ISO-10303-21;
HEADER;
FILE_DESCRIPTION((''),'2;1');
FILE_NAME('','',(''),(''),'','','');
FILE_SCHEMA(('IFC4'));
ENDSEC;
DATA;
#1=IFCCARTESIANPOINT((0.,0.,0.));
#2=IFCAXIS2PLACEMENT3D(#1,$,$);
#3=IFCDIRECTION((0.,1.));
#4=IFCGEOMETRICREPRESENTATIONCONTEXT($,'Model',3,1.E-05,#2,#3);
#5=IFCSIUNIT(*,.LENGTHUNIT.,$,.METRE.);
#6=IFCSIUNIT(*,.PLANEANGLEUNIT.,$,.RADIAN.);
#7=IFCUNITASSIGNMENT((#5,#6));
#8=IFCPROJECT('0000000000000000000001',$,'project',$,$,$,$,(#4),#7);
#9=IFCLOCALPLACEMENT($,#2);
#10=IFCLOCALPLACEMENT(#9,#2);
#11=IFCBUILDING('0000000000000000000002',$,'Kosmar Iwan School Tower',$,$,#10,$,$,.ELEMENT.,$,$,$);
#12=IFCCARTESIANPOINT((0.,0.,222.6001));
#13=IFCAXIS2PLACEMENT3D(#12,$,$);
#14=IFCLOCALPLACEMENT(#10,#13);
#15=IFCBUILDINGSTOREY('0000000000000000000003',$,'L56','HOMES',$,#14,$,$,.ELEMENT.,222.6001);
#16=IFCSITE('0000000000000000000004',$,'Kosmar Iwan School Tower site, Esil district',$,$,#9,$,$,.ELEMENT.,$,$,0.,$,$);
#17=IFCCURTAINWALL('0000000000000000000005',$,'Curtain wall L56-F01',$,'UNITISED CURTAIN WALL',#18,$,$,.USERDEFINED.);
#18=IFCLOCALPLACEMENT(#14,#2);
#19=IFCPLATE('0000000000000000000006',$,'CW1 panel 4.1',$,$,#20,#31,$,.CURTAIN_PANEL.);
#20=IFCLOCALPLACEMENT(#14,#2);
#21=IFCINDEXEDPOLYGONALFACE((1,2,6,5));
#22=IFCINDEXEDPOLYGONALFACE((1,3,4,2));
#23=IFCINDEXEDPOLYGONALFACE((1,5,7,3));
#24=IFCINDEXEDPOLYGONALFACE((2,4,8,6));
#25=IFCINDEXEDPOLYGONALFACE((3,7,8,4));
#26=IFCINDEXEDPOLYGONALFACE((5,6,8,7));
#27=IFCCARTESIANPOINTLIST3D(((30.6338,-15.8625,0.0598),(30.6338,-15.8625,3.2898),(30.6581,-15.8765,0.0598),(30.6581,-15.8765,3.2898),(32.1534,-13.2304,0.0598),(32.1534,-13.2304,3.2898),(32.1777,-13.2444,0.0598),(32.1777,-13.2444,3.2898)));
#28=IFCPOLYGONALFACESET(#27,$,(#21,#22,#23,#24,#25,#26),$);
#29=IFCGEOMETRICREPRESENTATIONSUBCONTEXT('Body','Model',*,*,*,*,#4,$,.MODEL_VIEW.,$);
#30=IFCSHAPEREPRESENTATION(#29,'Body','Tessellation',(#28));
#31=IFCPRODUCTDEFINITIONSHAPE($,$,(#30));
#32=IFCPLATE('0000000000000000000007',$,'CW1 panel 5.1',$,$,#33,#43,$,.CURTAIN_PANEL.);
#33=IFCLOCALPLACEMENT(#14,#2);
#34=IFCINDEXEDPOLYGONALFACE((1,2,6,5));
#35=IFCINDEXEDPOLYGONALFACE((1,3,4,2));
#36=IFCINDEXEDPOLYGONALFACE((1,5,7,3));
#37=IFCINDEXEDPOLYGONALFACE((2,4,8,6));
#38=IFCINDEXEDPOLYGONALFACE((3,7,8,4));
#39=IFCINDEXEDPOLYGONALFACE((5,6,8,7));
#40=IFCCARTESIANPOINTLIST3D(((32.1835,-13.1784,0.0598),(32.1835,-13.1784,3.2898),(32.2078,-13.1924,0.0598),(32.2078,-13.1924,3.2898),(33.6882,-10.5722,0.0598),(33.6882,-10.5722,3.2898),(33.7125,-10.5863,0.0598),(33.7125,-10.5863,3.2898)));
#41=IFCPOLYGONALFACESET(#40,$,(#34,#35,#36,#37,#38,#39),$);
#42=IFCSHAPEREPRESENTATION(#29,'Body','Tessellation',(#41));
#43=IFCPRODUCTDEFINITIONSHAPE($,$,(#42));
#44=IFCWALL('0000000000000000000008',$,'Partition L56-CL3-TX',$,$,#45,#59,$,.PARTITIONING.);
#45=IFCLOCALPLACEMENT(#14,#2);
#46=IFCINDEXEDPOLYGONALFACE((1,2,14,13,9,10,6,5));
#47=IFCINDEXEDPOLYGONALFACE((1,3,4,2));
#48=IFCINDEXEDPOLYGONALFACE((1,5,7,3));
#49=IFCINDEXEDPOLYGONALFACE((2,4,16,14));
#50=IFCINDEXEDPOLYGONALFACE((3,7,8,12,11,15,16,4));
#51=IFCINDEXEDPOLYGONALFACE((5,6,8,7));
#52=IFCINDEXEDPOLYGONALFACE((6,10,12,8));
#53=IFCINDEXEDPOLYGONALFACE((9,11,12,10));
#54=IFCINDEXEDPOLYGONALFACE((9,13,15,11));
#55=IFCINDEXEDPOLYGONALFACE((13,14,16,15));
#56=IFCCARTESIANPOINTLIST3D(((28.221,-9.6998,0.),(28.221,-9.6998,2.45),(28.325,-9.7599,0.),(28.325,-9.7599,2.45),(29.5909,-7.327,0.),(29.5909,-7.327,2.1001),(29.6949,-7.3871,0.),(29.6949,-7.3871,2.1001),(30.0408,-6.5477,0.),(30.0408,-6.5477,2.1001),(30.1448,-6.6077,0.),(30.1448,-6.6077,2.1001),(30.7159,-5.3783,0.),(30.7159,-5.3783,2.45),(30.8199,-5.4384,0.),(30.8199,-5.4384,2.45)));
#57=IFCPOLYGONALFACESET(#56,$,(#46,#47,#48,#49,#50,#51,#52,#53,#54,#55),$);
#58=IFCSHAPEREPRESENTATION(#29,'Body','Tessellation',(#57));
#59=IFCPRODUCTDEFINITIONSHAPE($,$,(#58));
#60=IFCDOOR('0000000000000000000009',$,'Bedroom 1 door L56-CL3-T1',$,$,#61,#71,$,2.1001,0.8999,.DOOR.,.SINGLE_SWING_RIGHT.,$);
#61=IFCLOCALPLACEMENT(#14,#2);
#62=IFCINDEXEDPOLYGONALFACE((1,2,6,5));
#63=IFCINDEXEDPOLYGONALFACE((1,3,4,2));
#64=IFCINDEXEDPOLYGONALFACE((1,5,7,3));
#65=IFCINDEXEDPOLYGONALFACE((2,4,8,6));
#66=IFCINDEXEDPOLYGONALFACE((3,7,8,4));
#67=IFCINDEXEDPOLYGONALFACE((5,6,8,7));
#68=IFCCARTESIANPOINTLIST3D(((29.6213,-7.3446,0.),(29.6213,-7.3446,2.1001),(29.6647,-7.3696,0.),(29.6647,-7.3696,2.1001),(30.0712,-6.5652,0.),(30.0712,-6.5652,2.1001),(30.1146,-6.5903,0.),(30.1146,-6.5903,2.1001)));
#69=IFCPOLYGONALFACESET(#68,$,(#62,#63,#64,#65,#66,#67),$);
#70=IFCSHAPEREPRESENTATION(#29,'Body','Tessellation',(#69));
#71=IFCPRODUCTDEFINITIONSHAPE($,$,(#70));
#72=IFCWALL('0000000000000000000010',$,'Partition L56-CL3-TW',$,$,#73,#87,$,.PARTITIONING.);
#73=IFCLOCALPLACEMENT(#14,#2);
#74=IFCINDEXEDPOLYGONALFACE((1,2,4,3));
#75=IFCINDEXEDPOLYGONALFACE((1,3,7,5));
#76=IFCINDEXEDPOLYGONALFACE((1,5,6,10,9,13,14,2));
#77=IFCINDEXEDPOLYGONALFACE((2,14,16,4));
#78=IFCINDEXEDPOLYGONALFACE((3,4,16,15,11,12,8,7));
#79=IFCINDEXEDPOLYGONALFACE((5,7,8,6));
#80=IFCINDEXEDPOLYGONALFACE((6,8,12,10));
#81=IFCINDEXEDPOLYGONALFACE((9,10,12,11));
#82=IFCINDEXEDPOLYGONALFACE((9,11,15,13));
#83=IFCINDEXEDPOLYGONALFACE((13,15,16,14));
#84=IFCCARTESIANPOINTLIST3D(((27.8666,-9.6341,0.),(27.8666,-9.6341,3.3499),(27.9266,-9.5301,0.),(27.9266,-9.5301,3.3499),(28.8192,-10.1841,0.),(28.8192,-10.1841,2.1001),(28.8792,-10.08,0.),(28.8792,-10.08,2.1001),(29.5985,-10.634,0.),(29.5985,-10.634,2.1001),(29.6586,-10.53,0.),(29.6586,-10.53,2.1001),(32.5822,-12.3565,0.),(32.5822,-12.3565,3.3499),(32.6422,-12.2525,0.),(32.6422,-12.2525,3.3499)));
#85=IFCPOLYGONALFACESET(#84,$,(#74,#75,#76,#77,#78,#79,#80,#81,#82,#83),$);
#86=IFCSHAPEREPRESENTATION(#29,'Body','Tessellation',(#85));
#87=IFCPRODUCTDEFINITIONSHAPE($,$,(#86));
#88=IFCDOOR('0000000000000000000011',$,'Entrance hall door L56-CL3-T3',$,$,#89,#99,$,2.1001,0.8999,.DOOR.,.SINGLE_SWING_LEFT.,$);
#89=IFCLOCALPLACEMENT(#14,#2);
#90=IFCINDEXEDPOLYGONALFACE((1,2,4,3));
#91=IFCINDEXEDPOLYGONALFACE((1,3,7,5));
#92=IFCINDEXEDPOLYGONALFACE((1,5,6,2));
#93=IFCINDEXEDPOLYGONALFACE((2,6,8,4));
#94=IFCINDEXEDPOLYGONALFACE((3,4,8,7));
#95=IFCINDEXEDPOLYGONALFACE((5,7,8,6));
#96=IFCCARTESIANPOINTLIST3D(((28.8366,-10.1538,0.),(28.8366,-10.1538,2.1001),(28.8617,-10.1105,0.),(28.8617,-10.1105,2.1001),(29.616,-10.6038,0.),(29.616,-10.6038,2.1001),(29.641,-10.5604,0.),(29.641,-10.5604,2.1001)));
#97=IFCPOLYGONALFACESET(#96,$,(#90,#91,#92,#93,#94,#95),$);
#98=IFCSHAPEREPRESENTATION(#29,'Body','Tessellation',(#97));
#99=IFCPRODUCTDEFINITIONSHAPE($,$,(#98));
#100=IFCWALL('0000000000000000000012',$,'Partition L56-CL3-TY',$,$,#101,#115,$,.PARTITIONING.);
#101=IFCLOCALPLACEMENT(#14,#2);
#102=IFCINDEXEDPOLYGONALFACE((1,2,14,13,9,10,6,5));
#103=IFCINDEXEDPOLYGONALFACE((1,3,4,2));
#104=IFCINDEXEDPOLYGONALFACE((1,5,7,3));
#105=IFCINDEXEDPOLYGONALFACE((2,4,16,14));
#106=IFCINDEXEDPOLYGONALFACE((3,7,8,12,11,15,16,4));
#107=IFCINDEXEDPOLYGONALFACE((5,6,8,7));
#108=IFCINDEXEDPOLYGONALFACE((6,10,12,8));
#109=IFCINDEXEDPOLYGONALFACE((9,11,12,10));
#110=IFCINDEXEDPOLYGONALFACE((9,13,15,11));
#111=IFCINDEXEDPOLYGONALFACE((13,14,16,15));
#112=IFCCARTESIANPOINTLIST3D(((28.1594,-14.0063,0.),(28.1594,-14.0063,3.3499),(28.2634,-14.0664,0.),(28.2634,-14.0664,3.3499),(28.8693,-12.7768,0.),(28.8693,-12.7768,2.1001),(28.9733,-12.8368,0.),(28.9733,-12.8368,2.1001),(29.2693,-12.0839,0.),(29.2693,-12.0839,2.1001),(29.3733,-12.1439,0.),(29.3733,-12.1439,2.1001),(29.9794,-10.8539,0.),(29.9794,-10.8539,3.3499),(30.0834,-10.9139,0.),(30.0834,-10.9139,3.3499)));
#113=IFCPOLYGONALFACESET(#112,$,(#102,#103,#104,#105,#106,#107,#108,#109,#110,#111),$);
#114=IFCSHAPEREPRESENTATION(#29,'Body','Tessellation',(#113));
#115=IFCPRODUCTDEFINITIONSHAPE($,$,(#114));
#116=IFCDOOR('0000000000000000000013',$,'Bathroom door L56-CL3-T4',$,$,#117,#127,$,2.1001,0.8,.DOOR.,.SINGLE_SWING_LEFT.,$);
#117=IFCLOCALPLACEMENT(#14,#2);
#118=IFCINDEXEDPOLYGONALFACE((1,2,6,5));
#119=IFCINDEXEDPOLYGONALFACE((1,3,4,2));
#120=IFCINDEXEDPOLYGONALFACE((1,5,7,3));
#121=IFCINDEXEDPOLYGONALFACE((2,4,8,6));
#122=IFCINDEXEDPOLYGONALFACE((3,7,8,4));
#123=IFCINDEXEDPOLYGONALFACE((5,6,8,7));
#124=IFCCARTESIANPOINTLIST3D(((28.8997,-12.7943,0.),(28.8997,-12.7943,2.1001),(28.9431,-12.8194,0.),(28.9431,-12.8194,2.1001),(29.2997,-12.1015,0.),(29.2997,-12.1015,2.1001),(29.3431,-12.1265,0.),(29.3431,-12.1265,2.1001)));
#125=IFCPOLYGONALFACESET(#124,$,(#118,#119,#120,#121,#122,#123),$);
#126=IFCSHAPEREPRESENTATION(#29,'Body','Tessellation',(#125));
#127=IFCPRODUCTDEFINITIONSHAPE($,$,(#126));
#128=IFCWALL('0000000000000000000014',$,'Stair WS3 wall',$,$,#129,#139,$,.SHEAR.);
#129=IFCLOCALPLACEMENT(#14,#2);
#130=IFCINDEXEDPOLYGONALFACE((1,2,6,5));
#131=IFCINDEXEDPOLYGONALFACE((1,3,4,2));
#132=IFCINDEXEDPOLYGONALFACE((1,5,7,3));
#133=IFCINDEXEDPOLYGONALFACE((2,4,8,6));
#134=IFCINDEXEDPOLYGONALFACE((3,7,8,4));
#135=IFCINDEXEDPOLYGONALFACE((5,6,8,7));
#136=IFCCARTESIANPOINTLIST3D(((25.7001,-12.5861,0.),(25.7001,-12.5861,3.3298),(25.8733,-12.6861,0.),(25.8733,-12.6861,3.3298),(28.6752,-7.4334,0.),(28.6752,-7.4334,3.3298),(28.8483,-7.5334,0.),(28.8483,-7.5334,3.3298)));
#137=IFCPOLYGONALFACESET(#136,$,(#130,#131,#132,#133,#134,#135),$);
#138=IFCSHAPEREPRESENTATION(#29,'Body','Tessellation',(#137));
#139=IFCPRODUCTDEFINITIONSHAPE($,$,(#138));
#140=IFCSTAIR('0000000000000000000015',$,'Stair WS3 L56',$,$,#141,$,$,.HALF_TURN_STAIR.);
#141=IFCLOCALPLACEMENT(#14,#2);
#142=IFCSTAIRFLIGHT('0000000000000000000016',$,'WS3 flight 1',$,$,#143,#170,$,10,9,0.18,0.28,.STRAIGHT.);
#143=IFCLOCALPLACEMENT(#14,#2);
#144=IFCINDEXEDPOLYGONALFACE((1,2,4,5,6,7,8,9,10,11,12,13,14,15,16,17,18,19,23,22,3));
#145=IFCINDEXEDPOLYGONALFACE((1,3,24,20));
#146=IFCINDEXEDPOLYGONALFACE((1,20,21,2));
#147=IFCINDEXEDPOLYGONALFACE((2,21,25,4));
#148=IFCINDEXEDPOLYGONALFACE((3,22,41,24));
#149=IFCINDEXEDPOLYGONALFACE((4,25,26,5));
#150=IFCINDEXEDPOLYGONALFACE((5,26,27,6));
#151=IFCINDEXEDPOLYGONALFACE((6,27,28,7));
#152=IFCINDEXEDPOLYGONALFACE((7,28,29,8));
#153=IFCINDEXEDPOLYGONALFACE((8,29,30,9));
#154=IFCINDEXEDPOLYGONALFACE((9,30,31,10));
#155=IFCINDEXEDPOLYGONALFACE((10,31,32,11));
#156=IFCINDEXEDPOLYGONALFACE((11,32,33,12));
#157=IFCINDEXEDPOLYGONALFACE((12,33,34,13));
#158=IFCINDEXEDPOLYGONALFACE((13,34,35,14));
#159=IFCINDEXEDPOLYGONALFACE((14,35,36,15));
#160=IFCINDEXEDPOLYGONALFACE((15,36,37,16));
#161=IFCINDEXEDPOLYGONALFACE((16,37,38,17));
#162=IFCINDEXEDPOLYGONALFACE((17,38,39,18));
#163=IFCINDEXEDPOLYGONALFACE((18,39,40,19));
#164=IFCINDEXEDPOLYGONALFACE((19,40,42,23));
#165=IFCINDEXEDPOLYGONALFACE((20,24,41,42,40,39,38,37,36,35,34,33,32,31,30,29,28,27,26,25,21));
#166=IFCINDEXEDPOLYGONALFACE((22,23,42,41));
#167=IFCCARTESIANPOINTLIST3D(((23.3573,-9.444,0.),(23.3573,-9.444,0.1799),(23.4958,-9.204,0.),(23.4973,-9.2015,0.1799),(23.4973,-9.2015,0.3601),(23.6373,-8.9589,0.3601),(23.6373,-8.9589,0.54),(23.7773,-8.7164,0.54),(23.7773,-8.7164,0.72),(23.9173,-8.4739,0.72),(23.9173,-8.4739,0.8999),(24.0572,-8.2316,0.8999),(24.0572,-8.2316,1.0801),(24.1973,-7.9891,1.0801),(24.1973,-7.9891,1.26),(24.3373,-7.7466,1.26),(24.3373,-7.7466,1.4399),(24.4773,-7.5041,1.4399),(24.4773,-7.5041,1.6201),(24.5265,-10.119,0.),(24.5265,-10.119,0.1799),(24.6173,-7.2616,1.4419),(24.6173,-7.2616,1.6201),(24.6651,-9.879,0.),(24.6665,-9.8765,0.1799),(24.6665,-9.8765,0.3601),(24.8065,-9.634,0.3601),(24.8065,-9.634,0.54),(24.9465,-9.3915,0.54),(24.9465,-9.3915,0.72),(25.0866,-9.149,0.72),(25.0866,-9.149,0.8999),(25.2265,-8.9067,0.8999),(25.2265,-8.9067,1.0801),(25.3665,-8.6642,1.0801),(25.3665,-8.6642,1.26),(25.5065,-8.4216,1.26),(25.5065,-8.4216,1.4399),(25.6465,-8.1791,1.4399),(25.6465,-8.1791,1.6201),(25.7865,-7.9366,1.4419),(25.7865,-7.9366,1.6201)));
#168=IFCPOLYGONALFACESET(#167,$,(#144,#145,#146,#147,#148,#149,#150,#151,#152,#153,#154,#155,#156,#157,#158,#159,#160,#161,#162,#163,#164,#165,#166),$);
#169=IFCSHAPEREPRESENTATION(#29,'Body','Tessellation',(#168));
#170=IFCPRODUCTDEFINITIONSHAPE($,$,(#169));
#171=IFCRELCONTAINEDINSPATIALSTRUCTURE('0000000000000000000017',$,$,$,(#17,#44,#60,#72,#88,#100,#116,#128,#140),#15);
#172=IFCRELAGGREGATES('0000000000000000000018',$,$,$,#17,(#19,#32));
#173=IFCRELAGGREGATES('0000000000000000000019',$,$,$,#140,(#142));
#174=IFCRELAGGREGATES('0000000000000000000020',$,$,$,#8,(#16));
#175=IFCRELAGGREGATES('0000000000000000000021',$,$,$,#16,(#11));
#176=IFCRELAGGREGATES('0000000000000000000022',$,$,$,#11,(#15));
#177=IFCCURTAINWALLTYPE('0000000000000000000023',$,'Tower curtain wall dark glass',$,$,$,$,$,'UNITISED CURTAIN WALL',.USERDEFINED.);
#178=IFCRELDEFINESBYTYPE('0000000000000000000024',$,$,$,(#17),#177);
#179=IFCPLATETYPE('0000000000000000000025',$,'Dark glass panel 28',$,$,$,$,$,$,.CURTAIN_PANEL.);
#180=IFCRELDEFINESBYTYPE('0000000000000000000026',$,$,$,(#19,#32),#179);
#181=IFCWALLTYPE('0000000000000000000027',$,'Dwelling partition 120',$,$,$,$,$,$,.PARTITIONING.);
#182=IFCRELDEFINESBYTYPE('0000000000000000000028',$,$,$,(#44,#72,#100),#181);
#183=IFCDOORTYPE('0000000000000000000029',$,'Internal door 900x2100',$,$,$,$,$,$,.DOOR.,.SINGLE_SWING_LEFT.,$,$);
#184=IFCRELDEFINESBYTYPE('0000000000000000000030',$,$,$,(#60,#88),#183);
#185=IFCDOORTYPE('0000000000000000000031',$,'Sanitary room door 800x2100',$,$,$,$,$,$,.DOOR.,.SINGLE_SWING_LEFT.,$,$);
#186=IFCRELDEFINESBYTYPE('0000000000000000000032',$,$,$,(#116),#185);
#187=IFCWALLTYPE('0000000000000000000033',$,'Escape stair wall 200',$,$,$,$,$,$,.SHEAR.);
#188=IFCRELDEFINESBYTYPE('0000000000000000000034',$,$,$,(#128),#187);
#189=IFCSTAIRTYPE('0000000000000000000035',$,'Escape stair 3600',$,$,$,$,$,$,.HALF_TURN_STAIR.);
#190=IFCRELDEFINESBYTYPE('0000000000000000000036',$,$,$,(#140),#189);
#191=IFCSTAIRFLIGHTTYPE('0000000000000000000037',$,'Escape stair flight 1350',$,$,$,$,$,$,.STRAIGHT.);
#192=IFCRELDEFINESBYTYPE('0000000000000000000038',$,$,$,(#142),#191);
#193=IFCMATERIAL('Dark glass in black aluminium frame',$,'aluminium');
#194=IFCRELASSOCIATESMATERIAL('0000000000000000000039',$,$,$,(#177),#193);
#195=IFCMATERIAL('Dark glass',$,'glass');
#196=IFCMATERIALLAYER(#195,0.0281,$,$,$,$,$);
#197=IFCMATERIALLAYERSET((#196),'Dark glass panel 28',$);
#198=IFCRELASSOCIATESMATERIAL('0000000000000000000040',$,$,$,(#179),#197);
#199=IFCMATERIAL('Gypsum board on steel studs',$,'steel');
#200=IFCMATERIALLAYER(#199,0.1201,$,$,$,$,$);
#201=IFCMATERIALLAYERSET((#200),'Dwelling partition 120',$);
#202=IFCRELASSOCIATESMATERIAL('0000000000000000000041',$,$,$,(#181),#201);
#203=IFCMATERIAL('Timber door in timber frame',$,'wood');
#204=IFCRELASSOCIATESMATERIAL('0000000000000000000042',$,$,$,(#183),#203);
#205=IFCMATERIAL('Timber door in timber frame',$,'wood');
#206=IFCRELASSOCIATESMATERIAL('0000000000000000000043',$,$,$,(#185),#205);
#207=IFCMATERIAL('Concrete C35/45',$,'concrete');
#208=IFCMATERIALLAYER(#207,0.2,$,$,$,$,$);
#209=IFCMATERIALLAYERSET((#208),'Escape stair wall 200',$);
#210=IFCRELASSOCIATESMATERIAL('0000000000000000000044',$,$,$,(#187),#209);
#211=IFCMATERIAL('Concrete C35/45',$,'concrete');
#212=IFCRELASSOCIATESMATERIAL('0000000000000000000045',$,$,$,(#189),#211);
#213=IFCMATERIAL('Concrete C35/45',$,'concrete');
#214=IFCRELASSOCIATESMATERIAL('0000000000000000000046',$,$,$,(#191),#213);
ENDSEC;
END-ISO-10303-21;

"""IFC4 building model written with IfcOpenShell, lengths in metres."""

from ifc_helpers import new_model, si_unit, direction, frame, frame_2d, origin, origin_2d, place, context, subcontext, project, spatial, polyline, rectangle, outline, extrude, material, layer, layer_set, type_object, element, fill, aggregate, save


model = new_model("IFC4")

# Units and contexts
model_context = context("Model", 3, precision=1e-05, world=origin(), true_north=direction((0.0, 1.0)))
body_context = subcontext(model_context, "Body", "Model", "MODEL_VIEW")
ifc_project = project(units=[si_unit("LENGTHUNIT", "METRE"), si_unit("PLANEANGLEUNIT", "RADIAN")], contexts=[model_context])

# Site, building, storey
site_placement = place(None, origin())
site = spatial("IfcSite", under=ifc_project, at=site_placement, Name="Kosmar Iwan School Tower site, Esil district", CompositionType="ELEMENT", RefElevation=0.0)
building_placement = place(site_placement, origin())
building = spatial("IfcBuilding", under=site, at=building_placement, Name="Kosmar Iwan School Tower", CompositionType="ELEMENT")
storey_placement = place(building_placement, frame((0.0, 0.0, 222.6001)))
storey = spatial("IfcBuildingStorey", under=building, at=storey_placement, Name="L56", Description="HOMES", CompositionType="ELEMENT", Elevation=222.6001)

# Curtain wall
ifc_material_1 = material(Name="Dark glass in black aluminium frame", Category="aluminium")
curtain_wall_type_1 = type_object("IfcCurtainWallType", Name="Tower curtain wall dark glass", ElementType="UNITISED CURTAIN WALL", PredefinedType="USERDEFINED", material=ifc_material_1)
curtain_wall_1_placement = place(storey_placement, origin())
curtain_wall_1 = element("IfcCurtainWall", 1, at=curtain_wall_1_placement, inside=storey, type_object=curtain_wall_type_1, Name="Curtain wall L56-F01", ObjectType="UNITISED CURTAIN WALL", PredefinedType="USERDEFINED")

# Plates
ifc_material_2 = material(Name="Dark glass", Category="glass")
ifc_layer_1 = layer(ifc_material_2, 0.0281)
ifc_layer_set_1 = layer_set([ifc_layer_1], Name="Dark glass panel 28")
plate_type = type_object("IfcPlateType", Name="Dark glass panel 28", PredefinedType="CURTAIN_PANEL", material=ifc_layer_set_1)
plate_1_placement = place(storey_placement, frame((31.4058, -14.5535, 0.0598), z_axis=(0.0, 0.0, 1.0), x_axis=(0.5, 0.866025, 0.0)))
plate_1 = element("IfcPlate", 2, at=plate_1_placement, type_object=plate_type, Name="CW1 panel 4.1", PredefinedType="CURTAIN_PANEL", context=body_context, shape_type="SweptSolid", body=[
    extrude(rectangle(XDim=3.0393, YDim=0.0281, at=origin_2d()), origin(), (0.0, 0.0, 1.0), 3.23),
])
plate_2_placement = place(storey_placement, frame((32.948, -11.8823, 0.0598), z_axis=(0.0, 0.0, 1.0), x_axis=(0.5, 0.866025, 0.0)))
plate_2 = element("IfcPlate", 3, at=plate_2_placement, type_object=plate_type, Name="CW1 panel 5.1", PredefinedType="CURTAIN_PANEL", context=body_context, shape_type="SweptSolid", body=[
    extrude(rectangle(XDim=3.0093, YDim=0.0281, at=origin_2d()), origin(), (0.0, 0.0, 1.0), 3.23),
])
aggregate(curtain_wall_1, [plate_1, plate_2])

# Walls, openings, doors
ifc_material_3 = material(Name="Gypsum board on steel studs", Category="steel")
ifc_layer_2 = layer(ifc_material_3, 0.1201)
ifc_layer_set_2 = layer_set([ifc_layer_2], Name="Dwelling partition 120")
wall_type_1 = type_object("IfcWallType", Name="Dwelling partition 120", PredefinedType="PARTITIONING", material=ifc_layer_set_2)
wall_1_placement = place(storey_placement, frame((28.2729, -9.73, 0.0), z_axis=(0.0, 0.0, 1.0), x_axis=(0.499975, 0.86604, 0.0)))
wall_1 = element("IfcWall", 4, at=wall_1_placement, inside=storey, type_object=wall_type_1, Name="Partition L56-CL3-TX", PredefinedType="PARTITIONING", context=body_context, shape_type="SweptSolid", body=[
    extrude(rectangle(XDim=4.99, YDim=0.1201, at=frame_2d((2.4951, 0.0))), origin(), (0.0, 0.0, 1.0), 2.45),
])
opening_1_placement = place(wall_1_placement, frame((2.74, 0.0, 0.0)))
opening_1 = element("IfcOpeningElement", 5, at=opening_1_placement, cuts=wall_1, PredefinedType="OPENING", context=body_context, shape_type="SweptSolid", body=[
    extrude(rectangle(XDim=0.8999, YDim=2.1001, at=frame_2d((0.45, 1.05))), frame((0.0, 0.072, 0.0), z_axis=(0.0, -1.0, 0.0), x_axis=(1.0, 0.0, 0.0)), (0.0, 0.0, 1.0), 0.144),
])
ifc_material_4 = material(Name="Timber door in timber frame", Category="wood")
door_type_1 = type_object("IfcDoorType", Name="Internal door 900x2100", OperationType="SINGLE_SWING_LEFT", PredefinedType="DOOR", material=ifc_material_4)
door_1_placement = place(opening_1_placement, origin())
door_1 = element("IfcDoor", 6, at=door_1_placement, inside=storey, type_object=door_type_1, Name="Bedroom 1 door L56-CL3-T1", OperationType="SINGLE_SWING_RIGHT", OverallHeight=2.1001, OverallWidth=0.8999, PredefinedType="DOOR", context=body_context, shape_type="SweptSolid", body=[
    extrude(rectangle(XDim=0.8999, YDim=2.1001, at=frame_2d((0.45, 1.05))), frame((0.0, 0.0249, 0.0), z_axis=(0.0, -1.0, 0.0), x_axis=(1.0, 0.0, 0.0)), (0.0, 0.0, 1.0), 0.05),
])
fill(opening_1, door_1)
wall_2_placement = place(storey_placement, frame((27.8965, -9.582, 0.0), z_axis=(0.0, 0.0, 1.0), x_axis=(0.866036, -0.499982, 0.0)))
wall_2 = element("IfcWall", 7, at=wall_2_placement, inside=storey, type_object=wall_type_1, Name="Partition L56-CL3-TW", PredefinedType="PARTITIONING", context=body_context, shape_type="SweptSolid", body=[
    extrude(rectangle(XDim=5.4451, YDim=0.1201, at=frame_2d((2.7227, 0.0))), origin(), (0.0, 0.0, 1.0), 3.3499),
])
opening_2_placement = place(wall_2_placement, frame((1.1001, 0.0, 0.0)))
opening_2 = element("IfcOpeningElement", 8, at=opening_2_placement, cuts=wall_2, PredefinedType="OPENING", context=body_context, shape_type="SweptSolid", body=[
    extrude(rectangle(XDim=0.8999, YDim=2.1001, at=frame_2d((0.45, 1.05))), frame((0.0, 0.072, 0.0), z_axis=(0.0, -1.0, 0.0), x_axis=(1.0, 0.0, 0.0)), (0.0, 0.0, 1.0), 0.144),
])
door_2_placement = place(opening_2_placement, origin())
door_2 = element("IfcDoor", 9, at=door_2_placement, inside=storey, type_object=door_type_1, Name="Entrance hall door L56-CL3-T3", OperationType="SINGLE_SWING_LEFT", OverallHeight=2.1001, OverallWidth=0.8999, PredefinedType="DOOR", context=body_context, shape_type="SweptSolid", body=[
    extrude(rectangle(XDim=0.8999, YDim=2.1001, at=frame_2d((0.45, 1.05))), frame((0.0, 0.0249, 0.0), z_axis=(0.0, -1.0, 0.0), x_axis=(1.0, 0.0, 0.0)), (0.0, 0.0, 1.0), 0.05),
])
fill(opening_2, door_2)
wall_3_placement = place(storey_placement, frame((28.2114, -14.0364, 0.0), z_axis=(0.0, 0.0, 1.0), x_axis=(0.499984, 0.866035, 0.0)))
wall_3 = element("IfcWall", 10, at=wall_3_placement, inside=storey, type_object=wall_type_1, Name="Partition L56-CL3-TY", PredefinedType="PARTITIONING", context=body_context, shape_type="SweptSolid", body=[
    extrude(rectangle(XDim=3.6401, YDim=0.1201, at=frame_2d((1.8201, 0.0))), origin(), (0.0, 0.0, 1.0), 3.3499),
])
opening_3_placement = place(wall_3_placement, frame((1.4199, 0.0, 0.0)))
opening_3 = element("IfcOpeningElement", 11, at=opening_3_placement, cuts=wall_3, PredefinedType="OPENING", context=body_context, shape_type="SweptSolid", body=[
    extrude(rectangle(XDim=0.8, YDim=2.1001, at=frame_2d((0.3999, 1.05))), frame((0.0, 0.072, 0.0), z_axis=(0.0, -1.0, 0.0), x_axis=(1.0, 0.0, 0.0)), (0.0, 0.0, 1.0), 0.144),
])
ifc_material_5 = material(Name="Timber door in timber frame", Category="wood")
door_type_2 = type_object("IfcDoorType", Name="Sanitary room door 800x2100", OperationType="SINGLE_SWING_LEFT", PredefinedType="DOOR", material=ifc_material_5)
door_3_placement = place(opening_3_placement, origin())
door_3 = element("IfcDoor", 12, at=door_3_placement, inside=storey, type_object=door_type_2, Name="Bathroom door L56-CL3-T4", OperationType="SINGLE_SWING_LEFT", OverallHeight=2.1001, OverallWidth=0.8, PredefinedType="DOOR", context=body_context, shape_type="SweptSolid", body=[
    extrude(rectangle(XDim=0.8, YDim=2.1001, at=frame_2d((0.3999, 1.05))), frame((0.0, 0.0249, 0.0), z_axis=(0.0, -1.0, 0.0), x_axis=(1.0, 0.0, 0.0)), (0.0, 0.0, 1.0), 0.05),
])
fill(opening_3, door_3)

# Wall
ifc_material_6 = material(Name="Concrete C35/45", Category="concrete")
ifc_layer_3 = layer(ifc_material_6, 0.2)
ifc_layer_set_3 = layer_set([ifc_layer_3], Name="Escape stair wall 200")
wall_type_2 = type_object("IfcWallType", Name="Escape stair wall 200", PredefinedType="SHEAR", material=ifc_layer_set_3)
wall_4_placement = place(storey_placement, frame((25.7866, -12.6362, 0.0), z_axis=(0.0, 0.0, 1.0), x_axis=(0.500014, 0.866017, 0.0)))
element("IfcWall", 13, at=wall_4_placement, inside=storey, type_object=wall_type_2, Name="Stair WS3 wall", PredefinedType="SHEAR", context=body_context, shape_type="SweptSolid", body=[
    extrude(rectangle(XDim=5.95, YDim=0.2, at=frame_2d((2.9751, 0.0))), origin(), (0.0, 0.0, 1.0), 3.3298),
])

# Stair, stair flight
ifc_material_7 = material(Name="Concrete C35/45", Category="concrete")
stair_type = type_object("IfcStairType", Name="Escape stair 3600", PredefinedType="HALF_TURN_STAIR", material=ifc_material_7)
stair_placement = place(storey_placement, origin())
stair = element("IfcStair", 14, at=stair_placement, inside=storey, type_object=stair_type, Name="Stair WS3 L56", PredefinedType="HALF_TURN_STAIR")
ifc_material_8 = material(Name="Concrete C35/45", Category="concrete")
stair_flight_type = type_object("IfcStairFlightType", Name="Escape stair flight 1350", PredefinedType="STRAIGHT", material=ifc_material_8)
stair_flight_1_placement = place(storey_placement, frame((23.9419, -9.7815, 0.0), z_axis=(0.0, 0.0, 1.0), x_axis=(0.5, 0.866025, 0.0)))
stair_flight_1 = element("IfcStairFlight", 15, at=stair_flight_1_placement, type_object=stair_flight_type, Name="WS3 flight 1", NumberOfRisers=10, NumberOfTreads=9, PredefinedType="STRAIGHT", RiserHeight=0.18, TreadLength=0.28, context=body_context, shape_type="SweptSolid", body=[
    extrude(outline(polyline([(0.0, 0.0), (0.0, 0.1799), (0.28, 0.1799), (0.28, 0.3601), (0.5601, 0.3601), (0.5601, 0.54), (0.8401, 0.54), (0.8401, 0.72), (1.1201, 0.72), (1.1201, 0.8999), (1.3999, 0.8999), (1.3999, 1.0801), (1.6799, 1.0801), (1.6799, 1.26), (1.96, 1.26), (1.96, 1.4399), (2.24, 1.4399), (2.24, 1.6201), (2.52, 1.6201), (2.52, 1.8), (2.52, 1.4419), (0.2771, 0.0), (0.0, 0.0)])), frame((0.0, 0.675, 0.0), z_axis=(0.0, -1.0, 0.0), x_axis=(1.0, 0.0, 0.0)), (0.0, 0.0, 1.0), 1.3501),
])
aggregate(stair, [stair_flight_1])

save(model, "model.ifc")
